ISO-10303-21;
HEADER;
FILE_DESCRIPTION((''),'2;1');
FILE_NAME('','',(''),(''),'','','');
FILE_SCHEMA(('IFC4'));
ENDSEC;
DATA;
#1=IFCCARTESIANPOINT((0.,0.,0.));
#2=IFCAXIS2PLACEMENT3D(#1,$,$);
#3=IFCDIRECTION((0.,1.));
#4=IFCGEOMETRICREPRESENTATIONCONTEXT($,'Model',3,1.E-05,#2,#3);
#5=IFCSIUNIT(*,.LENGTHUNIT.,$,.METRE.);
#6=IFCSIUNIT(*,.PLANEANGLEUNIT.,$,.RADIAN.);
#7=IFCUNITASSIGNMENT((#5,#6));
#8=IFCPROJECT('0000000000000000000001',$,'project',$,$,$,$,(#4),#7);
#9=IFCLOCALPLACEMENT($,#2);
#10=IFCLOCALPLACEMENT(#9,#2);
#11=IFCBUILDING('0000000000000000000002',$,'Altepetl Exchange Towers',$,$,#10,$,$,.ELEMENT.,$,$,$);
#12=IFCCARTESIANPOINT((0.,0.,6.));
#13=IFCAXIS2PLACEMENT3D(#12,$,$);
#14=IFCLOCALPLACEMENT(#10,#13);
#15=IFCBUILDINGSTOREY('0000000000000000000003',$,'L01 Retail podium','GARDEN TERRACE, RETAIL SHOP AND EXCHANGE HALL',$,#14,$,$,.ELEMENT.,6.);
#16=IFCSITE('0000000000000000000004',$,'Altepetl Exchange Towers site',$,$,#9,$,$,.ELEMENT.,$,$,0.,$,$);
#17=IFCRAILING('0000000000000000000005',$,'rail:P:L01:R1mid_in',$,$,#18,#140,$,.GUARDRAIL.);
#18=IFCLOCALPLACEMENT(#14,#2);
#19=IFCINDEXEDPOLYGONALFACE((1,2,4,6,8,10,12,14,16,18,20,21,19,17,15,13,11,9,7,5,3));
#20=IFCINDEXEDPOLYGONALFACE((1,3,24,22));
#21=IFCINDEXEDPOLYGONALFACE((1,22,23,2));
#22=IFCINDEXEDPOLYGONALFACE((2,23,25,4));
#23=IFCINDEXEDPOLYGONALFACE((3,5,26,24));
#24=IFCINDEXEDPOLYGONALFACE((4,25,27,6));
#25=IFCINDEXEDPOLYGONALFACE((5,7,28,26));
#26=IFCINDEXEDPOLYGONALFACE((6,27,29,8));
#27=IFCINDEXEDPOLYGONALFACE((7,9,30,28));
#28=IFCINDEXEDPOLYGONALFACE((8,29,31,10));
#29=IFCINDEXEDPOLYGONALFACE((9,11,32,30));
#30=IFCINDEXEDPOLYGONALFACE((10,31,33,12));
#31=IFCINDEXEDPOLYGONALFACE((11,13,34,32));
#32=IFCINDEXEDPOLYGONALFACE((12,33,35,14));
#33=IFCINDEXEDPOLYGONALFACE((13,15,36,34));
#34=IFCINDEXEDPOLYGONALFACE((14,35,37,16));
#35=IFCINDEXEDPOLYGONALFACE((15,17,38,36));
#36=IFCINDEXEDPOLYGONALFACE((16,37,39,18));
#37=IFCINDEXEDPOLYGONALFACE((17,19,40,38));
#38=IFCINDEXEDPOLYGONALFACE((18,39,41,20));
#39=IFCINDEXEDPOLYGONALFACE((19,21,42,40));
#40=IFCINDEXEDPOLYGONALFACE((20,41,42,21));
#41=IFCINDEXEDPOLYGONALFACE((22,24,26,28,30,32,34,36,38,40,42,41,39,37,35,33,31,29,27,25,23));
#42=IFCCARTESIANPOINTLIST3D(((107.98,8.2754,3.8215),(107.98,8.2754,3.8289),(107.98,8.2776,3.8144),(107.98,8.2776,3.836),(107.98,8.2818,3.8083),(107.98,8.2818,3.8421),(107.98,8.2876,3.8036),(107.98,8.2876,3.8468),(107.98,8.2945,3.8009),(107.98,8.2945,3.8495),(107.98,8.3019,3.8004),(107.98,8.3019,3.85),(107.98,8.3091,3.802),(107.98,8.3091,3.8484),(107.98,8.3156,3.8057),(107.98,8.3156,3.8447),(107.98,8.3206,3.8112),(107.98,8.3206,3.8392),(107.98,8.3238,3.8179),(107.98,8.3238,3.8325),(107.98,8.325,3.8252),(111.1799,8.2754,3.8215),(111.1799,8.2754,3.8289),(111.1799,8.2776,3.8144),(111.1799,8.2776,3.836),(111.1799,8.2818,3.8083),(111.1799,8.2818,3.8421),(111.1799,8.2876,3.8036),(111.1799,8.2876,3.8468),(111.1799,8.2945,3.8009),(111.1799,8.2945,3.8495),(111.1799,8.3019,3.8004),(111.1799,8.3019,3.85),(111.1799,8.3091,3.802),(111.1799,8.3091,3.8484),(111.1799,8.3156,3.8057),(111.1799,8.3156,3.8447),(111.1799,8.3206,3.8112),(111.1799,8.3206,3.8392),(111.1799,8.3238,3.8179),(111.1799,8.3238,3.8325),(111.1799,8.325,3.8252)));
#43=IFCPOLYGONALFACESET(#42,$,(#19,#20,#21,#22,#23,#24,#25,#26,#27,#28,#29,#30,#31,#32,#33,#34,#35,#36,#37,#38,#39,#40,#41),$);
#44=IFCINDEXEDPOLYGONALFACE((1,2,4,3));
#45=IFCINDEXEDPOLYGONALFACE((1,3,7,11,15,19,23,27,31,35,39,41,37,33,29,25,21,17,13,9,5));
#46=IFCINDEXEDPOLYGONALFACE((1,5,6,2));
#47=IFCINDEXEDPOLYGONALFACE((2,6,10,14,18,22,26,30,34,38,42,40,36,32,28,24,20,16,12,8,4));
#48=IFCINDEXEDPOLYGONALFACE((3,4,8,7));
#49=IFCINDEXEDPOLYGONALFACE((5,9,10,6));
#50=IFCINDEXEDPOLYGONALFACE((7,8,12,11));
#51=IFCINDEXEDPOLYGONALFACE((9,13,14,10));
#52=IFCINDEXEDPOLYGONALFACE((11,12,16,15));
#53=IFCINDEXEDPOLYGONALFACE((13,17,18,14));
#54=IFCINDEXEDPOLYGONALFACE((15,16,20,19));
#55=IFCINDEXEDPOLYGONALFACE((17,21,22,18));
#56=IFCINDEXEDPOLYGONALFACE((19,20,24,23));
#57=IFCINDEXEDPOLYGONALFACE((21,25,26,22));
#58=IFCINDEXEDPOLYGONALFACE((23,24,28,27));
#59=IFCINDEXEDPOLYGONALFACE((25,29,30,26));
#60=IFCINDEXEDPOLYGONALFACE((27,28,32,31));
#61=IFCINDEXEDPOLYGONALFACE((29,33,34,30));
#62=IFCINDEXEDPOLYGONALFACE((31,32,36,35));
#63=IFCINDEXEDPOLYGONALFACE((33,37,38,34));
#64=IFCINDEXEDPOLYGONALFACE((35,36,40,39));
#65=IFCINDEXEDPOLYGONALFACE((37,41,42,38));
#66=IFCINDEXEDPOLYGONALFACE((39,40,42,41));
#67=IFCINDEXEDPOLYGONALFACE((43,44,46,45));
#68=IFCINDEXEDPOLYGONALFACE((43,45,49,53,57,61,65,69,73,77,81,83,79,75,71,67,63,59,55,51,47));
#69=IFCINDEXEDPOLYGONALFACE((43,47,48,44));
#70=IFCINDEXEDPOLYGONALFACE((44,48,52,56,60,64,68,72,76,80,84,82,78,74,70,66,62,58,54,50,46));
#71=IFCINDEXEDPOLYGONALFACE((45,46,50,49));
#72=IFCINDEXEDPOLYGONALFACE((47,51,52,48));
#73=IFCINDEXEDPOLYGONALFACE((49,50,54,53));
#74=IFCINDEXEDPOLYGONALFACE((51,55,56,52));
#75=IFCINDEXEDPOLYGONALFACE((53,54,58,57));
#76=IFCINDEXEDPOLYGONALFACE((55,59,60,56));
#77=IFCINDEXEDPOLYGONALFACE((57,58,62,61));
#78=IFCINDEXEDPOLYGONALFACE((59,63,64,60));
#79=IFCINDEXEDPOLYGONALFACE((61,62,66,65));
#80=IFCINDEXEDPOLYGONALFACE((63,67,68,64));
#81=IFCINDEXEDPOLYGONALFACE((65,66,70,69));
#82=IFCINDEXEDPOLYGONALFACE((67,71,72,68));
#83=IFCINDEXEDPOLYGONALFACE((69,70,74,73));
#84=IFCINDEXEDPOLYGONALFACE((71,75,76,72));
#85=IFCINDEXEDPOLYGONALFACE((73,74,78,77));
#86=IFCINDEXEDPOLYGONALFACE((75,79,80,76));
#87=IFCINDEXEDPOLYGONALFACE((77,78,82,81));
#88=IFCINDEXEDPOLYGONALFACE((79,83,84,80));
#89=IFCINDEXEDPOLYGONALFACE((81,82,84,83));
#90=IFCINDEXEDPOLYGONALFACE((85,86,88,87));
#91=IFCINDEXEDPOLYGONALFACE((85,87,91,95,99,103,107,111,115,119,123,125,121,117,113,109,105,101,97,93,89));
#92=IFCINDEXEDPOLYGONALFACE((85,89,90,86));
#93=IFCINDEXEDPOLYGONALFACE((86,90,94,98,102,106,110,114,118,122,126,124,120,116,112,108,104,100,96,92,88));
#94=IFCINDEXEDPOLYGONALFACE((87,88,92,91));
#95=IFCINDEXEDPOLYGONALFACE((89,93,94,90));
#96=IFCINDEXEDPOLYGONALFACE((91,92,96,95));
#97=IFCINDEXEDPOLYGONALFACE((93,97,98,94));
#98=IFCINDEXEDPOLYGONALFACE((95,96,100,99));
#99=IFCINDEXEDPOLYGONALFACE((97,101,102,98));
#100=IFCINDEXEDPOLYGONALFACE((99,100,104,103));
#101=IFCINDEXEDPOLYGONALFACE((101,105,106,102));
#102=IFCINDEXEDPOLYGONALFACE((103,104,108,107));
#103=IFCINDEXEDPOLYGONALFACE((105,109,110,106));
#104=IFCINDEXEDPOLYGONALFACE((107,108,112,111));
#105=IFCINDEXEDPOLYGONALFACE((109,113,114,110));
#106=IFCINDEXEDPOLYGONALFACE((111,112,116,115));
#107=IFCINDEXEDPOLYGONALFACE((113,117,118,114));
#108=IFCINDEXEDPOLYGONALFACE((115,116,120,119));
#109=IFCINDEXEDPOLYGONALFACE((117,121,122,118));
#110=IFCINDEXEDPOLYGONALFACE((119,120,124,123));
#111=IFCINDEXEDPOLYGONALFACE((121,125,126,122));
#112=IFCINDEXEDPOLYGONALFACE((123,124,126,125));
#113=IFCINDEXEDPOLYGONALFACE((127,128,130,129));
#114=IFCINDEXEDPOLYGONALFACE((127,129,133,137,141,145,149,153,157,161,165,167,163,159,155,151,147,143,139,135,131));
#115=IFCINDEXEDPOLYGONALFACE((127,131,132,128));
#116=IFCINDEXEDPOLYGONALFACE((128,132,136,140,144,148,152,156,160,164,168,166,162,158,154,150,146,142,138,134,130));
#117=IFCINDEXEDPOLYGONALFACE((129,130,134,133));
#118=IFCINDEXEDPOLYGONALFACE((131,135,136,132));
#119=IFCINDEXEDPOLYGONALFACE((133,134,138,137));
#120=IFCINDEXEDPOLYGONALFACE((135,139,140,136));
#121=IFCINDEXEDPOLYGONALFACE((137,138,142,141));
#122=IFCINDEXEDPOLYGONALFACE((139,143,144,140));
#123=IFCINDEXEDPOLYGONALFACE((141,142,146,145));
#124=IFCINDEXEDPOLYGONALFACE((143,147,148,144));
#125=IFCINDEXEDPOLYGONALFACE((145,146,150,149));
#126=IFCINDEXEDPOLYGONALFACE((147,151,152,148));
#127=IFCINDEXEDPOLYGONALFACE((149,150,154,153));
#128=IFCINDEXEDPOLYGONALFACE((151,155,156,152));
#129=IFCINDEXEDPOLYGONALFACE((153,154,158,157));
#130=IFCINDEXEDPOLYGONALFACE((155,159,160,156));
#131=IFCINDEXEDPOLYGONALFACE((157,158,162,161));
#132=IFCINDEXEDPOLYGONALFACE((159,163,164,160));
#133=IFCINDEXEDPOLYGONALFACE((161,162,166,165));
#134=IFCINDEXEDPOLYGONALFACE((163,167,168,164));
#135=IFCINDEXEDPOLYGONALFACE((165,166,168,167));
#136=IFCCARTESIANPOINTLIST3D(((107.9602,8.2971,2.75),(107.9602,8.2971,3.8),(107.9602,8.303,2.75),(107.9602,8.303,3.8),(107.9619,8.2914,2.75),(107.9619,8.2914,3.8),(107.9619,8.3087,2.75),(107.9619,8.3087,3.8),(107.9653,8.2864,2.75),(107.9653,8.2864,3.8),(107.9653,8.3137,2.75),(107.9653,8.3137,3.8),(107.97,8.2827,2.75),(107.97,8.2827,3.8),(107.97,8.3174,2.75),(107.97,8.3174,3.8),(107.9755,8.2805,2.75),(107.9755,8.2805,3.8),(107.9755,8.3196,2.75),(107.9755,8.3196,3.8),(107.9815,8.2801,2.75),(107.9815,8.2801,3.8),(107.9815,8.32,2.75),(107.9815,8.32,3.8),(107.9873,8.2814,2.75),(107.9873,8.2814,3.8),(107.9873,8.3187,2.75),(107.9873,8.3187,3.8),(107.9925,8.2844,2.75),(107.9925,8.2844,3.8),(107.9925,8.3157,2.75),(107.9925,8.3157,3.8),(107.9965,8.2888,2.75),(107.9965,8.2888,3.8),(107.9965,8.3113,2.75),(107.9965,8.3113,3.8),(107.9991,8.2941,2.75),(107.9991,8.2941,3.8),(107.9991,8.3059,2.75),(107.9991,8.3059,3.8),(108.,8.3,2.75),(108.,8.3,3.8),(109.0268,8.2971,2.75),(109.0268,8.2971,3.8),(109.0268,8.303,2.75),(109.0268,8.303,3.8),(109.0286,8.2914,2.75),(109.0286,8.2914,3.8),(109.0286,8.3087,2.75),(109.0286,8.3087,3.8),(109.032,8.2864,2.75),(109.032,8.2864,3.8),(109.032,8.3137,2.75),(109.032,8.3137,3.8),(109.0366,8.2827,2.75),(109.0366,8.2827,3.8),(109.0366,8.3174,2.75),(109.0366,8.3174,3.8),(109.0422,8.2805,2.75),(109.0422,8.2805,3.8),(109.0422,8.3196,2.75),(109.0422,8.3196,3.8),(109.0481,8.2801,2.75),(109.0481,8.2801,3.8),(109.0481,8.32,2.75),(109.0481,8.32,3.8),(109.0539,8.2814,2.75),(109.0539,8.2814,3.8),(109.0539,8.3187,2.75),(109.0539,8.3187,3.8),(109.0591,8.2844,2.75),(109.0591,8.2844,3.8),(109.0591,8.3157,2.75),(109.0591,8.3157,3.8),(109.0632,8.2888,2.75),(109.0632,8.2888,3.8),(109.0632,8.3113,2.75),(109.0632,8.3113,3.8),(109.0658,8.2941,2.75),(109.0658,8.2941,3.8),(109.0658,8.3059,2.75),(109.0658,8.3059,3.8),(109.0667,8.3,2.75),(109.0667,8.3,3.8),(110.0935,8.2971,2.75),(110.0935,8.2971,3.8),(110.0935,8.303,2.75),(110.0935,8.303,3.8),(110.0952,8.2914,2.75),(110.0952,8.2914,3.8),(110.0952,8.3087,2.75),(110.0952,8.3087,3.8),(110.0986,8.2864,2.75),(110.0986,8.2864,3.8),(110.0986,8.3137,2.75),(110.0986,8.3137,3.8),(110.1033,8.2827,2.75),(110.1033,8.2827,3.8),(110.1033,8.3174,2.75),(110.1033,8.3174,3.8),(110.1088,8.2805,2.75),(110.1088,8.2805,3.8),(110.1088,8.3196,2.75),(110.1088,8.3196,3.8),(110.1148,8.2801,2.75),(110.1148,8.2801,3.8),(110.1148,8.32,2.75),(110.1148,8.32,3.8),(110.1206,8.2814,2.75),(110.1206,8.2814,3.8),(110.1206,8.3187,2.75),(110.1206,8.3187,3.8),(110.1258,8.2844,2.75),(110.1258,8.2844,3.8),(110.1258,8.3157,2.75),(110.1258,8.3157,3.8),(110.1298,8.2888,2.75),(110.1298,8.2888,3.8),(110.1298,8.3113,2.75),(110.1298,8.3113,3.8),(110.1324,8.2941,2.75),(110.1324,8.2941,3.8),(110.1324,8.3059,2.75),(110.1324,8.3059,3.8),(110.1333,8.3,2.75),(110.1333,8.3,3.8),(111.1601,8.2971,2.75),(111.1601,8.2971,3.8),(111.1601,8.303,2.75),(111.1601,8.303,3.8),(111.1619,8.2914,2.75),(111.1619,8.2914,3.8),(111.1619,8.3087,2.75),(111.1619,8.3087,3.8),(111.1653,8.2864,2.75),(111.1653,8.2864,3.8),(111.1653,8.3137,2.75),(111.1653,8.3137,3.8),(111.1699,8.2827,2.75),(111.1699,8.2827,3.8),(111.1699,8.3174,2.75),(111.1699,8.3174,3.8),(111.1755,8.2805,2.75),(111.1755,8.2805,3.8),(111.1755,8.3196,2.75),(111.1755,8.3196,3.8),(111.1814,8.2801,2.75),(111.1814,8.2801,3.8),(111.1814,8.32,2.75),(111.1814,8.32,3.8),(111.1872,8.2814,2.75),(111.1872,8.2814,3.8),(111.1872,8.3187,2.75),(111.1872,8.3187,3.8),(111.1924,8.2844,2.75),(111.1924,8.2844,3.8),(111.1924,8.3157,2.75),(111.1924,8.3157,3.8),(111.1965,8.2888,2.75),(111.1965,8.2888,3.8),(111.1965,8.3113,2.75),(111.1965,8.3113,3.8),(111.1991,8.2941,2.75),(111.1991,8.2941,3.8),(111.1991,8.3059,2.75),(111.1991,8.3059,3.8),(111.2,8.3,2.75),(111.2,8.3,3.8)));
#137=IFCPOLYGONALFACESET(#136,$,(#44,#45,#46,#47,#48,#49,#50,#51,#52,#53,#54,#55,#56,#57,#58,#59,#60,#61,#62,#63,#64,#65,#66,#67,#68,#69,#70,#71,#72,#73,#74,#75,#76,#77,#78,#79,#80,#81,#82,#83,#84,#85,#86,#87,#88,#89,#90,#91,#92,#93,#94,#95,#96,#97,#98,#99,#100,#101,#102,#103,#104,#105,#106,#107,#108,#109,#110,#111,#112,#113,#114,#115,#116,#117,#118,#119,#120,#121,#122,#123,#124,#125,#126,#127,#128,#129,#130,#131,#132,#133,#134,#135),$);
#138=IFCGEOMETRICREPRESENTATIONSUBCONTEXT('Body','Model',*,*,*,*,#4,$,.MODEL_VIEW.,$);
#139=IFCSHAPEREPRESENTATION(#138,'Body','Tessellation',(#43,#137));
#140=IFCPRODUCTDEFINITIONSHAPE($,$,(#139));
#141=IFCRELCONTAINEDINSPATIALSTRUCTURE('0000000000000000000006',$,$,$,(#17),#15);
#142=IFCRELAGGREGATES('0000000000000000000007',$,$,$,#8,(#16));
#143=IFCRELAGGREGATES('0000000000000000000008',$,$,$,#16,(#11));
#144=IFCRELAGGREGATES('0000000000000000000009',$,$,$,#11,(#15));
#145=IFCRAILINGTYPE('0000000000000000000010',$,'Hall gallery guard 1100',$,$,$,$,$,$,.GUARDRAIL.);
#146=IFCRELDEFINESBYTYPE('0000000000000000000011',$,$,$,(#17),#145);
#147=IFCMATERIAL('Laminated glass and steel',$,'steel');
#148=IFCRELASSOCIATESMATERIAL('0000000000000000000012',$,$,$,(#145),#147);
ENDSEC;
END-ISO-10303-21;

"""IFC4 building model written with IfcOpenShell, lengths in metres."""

from ifc_helpers import new_model, si_unit, direction, frame, origin, origin_2d, place, context, subcontext, project, spatial, circle, extrude, source, transform, mapped, material, type_object, element, save


model = new_model("IFC4")

# Units and contexts
model_context = context("Model", 3, precision=1e-05, world=origin(), true_north=direction((0.0, 1.0)))
body_context = subcontext(model_context, "Body", "Model", "MODEL_VIEW")
ifc_project = project(units=[si_unit("LENGTHUNIT", "METRE"), si_unit("PLANEANGLEUNIT", "RADIAN")], contexts=[model_context])

# Site, building, storey
site_placement = place(None, origin())
site = spatial("IfcSite", under=ifc_project, at=site_placement, Name="Altepetl Exchange Towers site", CompositionType="ELEMENT", RefElevation=0.0)
building_placement = place(site_placement, origin())
building = spatial("IfcBuilding", under=site, at=building_placement, Name="Altepetl Exchange Towers", CompositionType="ELEMENT")
storey_placement = place(building_placement, frame((0.0, 0.0, 6.0)))
storey = spatial("IfcBuildingStorey", under=building, at=storey_placement, Name="L01 Retail podium", Description="GARDEN TERRACE, RETAIL SHOP AND EXCHANGE HALL", CompositionType="ELEMENT", Elevation=6.0)

# Railing
ifc_material_1 = material(Name="Laminated glass and steel", Category="steel")
railing_type_1 = type_object("IfcRailingType", Name="Hall gallery guard 1100", PredefinedType="GUARDRAIL", material=ifc_material_1)
shared_shape_1 = source(origin(), body_context, "Body", "SweptSolid", [
    extrude(circle(Radius=0.02, at=origin_2d()), origin(), (0.0, 0.0, 1.0), 1.05),
])
for number, where, name in (
    (1, (107.98, 8.3, 2.75), "rail:P:L01:R1mid_in"),
):
    element("IfcRailing", number, at=place(storey_placement, frame(where)), inside=storey, type_object=railing_type_1, Name=name, PredefinedType="GUARDRAIL", context=body_context, shape_type="SweptSolid", body=[
        extrude(circle(Radius=0.0249, at=origin_2d()), frame((0.0, 0.0, 1.0752), z_axis=(1.0, 0.0, 0.0), x_axis=(0.0, 1.0, 0.0)), (0.0, 0.0, 1.0), 3.2),
        mapped(shared_shape_1, transform((0.0, 0.0, 0.0))),
        mapped(shared_shape_1, transform((1.0667, 0.0, 0.0))),
        mapped(shared_shape_1, transform((2.1333, 0.0, 0.0))),
        mapped(shared_shape_1, transform((3.2, 0.0, 0.0))),
    ])

save(model, "model.ifc")
